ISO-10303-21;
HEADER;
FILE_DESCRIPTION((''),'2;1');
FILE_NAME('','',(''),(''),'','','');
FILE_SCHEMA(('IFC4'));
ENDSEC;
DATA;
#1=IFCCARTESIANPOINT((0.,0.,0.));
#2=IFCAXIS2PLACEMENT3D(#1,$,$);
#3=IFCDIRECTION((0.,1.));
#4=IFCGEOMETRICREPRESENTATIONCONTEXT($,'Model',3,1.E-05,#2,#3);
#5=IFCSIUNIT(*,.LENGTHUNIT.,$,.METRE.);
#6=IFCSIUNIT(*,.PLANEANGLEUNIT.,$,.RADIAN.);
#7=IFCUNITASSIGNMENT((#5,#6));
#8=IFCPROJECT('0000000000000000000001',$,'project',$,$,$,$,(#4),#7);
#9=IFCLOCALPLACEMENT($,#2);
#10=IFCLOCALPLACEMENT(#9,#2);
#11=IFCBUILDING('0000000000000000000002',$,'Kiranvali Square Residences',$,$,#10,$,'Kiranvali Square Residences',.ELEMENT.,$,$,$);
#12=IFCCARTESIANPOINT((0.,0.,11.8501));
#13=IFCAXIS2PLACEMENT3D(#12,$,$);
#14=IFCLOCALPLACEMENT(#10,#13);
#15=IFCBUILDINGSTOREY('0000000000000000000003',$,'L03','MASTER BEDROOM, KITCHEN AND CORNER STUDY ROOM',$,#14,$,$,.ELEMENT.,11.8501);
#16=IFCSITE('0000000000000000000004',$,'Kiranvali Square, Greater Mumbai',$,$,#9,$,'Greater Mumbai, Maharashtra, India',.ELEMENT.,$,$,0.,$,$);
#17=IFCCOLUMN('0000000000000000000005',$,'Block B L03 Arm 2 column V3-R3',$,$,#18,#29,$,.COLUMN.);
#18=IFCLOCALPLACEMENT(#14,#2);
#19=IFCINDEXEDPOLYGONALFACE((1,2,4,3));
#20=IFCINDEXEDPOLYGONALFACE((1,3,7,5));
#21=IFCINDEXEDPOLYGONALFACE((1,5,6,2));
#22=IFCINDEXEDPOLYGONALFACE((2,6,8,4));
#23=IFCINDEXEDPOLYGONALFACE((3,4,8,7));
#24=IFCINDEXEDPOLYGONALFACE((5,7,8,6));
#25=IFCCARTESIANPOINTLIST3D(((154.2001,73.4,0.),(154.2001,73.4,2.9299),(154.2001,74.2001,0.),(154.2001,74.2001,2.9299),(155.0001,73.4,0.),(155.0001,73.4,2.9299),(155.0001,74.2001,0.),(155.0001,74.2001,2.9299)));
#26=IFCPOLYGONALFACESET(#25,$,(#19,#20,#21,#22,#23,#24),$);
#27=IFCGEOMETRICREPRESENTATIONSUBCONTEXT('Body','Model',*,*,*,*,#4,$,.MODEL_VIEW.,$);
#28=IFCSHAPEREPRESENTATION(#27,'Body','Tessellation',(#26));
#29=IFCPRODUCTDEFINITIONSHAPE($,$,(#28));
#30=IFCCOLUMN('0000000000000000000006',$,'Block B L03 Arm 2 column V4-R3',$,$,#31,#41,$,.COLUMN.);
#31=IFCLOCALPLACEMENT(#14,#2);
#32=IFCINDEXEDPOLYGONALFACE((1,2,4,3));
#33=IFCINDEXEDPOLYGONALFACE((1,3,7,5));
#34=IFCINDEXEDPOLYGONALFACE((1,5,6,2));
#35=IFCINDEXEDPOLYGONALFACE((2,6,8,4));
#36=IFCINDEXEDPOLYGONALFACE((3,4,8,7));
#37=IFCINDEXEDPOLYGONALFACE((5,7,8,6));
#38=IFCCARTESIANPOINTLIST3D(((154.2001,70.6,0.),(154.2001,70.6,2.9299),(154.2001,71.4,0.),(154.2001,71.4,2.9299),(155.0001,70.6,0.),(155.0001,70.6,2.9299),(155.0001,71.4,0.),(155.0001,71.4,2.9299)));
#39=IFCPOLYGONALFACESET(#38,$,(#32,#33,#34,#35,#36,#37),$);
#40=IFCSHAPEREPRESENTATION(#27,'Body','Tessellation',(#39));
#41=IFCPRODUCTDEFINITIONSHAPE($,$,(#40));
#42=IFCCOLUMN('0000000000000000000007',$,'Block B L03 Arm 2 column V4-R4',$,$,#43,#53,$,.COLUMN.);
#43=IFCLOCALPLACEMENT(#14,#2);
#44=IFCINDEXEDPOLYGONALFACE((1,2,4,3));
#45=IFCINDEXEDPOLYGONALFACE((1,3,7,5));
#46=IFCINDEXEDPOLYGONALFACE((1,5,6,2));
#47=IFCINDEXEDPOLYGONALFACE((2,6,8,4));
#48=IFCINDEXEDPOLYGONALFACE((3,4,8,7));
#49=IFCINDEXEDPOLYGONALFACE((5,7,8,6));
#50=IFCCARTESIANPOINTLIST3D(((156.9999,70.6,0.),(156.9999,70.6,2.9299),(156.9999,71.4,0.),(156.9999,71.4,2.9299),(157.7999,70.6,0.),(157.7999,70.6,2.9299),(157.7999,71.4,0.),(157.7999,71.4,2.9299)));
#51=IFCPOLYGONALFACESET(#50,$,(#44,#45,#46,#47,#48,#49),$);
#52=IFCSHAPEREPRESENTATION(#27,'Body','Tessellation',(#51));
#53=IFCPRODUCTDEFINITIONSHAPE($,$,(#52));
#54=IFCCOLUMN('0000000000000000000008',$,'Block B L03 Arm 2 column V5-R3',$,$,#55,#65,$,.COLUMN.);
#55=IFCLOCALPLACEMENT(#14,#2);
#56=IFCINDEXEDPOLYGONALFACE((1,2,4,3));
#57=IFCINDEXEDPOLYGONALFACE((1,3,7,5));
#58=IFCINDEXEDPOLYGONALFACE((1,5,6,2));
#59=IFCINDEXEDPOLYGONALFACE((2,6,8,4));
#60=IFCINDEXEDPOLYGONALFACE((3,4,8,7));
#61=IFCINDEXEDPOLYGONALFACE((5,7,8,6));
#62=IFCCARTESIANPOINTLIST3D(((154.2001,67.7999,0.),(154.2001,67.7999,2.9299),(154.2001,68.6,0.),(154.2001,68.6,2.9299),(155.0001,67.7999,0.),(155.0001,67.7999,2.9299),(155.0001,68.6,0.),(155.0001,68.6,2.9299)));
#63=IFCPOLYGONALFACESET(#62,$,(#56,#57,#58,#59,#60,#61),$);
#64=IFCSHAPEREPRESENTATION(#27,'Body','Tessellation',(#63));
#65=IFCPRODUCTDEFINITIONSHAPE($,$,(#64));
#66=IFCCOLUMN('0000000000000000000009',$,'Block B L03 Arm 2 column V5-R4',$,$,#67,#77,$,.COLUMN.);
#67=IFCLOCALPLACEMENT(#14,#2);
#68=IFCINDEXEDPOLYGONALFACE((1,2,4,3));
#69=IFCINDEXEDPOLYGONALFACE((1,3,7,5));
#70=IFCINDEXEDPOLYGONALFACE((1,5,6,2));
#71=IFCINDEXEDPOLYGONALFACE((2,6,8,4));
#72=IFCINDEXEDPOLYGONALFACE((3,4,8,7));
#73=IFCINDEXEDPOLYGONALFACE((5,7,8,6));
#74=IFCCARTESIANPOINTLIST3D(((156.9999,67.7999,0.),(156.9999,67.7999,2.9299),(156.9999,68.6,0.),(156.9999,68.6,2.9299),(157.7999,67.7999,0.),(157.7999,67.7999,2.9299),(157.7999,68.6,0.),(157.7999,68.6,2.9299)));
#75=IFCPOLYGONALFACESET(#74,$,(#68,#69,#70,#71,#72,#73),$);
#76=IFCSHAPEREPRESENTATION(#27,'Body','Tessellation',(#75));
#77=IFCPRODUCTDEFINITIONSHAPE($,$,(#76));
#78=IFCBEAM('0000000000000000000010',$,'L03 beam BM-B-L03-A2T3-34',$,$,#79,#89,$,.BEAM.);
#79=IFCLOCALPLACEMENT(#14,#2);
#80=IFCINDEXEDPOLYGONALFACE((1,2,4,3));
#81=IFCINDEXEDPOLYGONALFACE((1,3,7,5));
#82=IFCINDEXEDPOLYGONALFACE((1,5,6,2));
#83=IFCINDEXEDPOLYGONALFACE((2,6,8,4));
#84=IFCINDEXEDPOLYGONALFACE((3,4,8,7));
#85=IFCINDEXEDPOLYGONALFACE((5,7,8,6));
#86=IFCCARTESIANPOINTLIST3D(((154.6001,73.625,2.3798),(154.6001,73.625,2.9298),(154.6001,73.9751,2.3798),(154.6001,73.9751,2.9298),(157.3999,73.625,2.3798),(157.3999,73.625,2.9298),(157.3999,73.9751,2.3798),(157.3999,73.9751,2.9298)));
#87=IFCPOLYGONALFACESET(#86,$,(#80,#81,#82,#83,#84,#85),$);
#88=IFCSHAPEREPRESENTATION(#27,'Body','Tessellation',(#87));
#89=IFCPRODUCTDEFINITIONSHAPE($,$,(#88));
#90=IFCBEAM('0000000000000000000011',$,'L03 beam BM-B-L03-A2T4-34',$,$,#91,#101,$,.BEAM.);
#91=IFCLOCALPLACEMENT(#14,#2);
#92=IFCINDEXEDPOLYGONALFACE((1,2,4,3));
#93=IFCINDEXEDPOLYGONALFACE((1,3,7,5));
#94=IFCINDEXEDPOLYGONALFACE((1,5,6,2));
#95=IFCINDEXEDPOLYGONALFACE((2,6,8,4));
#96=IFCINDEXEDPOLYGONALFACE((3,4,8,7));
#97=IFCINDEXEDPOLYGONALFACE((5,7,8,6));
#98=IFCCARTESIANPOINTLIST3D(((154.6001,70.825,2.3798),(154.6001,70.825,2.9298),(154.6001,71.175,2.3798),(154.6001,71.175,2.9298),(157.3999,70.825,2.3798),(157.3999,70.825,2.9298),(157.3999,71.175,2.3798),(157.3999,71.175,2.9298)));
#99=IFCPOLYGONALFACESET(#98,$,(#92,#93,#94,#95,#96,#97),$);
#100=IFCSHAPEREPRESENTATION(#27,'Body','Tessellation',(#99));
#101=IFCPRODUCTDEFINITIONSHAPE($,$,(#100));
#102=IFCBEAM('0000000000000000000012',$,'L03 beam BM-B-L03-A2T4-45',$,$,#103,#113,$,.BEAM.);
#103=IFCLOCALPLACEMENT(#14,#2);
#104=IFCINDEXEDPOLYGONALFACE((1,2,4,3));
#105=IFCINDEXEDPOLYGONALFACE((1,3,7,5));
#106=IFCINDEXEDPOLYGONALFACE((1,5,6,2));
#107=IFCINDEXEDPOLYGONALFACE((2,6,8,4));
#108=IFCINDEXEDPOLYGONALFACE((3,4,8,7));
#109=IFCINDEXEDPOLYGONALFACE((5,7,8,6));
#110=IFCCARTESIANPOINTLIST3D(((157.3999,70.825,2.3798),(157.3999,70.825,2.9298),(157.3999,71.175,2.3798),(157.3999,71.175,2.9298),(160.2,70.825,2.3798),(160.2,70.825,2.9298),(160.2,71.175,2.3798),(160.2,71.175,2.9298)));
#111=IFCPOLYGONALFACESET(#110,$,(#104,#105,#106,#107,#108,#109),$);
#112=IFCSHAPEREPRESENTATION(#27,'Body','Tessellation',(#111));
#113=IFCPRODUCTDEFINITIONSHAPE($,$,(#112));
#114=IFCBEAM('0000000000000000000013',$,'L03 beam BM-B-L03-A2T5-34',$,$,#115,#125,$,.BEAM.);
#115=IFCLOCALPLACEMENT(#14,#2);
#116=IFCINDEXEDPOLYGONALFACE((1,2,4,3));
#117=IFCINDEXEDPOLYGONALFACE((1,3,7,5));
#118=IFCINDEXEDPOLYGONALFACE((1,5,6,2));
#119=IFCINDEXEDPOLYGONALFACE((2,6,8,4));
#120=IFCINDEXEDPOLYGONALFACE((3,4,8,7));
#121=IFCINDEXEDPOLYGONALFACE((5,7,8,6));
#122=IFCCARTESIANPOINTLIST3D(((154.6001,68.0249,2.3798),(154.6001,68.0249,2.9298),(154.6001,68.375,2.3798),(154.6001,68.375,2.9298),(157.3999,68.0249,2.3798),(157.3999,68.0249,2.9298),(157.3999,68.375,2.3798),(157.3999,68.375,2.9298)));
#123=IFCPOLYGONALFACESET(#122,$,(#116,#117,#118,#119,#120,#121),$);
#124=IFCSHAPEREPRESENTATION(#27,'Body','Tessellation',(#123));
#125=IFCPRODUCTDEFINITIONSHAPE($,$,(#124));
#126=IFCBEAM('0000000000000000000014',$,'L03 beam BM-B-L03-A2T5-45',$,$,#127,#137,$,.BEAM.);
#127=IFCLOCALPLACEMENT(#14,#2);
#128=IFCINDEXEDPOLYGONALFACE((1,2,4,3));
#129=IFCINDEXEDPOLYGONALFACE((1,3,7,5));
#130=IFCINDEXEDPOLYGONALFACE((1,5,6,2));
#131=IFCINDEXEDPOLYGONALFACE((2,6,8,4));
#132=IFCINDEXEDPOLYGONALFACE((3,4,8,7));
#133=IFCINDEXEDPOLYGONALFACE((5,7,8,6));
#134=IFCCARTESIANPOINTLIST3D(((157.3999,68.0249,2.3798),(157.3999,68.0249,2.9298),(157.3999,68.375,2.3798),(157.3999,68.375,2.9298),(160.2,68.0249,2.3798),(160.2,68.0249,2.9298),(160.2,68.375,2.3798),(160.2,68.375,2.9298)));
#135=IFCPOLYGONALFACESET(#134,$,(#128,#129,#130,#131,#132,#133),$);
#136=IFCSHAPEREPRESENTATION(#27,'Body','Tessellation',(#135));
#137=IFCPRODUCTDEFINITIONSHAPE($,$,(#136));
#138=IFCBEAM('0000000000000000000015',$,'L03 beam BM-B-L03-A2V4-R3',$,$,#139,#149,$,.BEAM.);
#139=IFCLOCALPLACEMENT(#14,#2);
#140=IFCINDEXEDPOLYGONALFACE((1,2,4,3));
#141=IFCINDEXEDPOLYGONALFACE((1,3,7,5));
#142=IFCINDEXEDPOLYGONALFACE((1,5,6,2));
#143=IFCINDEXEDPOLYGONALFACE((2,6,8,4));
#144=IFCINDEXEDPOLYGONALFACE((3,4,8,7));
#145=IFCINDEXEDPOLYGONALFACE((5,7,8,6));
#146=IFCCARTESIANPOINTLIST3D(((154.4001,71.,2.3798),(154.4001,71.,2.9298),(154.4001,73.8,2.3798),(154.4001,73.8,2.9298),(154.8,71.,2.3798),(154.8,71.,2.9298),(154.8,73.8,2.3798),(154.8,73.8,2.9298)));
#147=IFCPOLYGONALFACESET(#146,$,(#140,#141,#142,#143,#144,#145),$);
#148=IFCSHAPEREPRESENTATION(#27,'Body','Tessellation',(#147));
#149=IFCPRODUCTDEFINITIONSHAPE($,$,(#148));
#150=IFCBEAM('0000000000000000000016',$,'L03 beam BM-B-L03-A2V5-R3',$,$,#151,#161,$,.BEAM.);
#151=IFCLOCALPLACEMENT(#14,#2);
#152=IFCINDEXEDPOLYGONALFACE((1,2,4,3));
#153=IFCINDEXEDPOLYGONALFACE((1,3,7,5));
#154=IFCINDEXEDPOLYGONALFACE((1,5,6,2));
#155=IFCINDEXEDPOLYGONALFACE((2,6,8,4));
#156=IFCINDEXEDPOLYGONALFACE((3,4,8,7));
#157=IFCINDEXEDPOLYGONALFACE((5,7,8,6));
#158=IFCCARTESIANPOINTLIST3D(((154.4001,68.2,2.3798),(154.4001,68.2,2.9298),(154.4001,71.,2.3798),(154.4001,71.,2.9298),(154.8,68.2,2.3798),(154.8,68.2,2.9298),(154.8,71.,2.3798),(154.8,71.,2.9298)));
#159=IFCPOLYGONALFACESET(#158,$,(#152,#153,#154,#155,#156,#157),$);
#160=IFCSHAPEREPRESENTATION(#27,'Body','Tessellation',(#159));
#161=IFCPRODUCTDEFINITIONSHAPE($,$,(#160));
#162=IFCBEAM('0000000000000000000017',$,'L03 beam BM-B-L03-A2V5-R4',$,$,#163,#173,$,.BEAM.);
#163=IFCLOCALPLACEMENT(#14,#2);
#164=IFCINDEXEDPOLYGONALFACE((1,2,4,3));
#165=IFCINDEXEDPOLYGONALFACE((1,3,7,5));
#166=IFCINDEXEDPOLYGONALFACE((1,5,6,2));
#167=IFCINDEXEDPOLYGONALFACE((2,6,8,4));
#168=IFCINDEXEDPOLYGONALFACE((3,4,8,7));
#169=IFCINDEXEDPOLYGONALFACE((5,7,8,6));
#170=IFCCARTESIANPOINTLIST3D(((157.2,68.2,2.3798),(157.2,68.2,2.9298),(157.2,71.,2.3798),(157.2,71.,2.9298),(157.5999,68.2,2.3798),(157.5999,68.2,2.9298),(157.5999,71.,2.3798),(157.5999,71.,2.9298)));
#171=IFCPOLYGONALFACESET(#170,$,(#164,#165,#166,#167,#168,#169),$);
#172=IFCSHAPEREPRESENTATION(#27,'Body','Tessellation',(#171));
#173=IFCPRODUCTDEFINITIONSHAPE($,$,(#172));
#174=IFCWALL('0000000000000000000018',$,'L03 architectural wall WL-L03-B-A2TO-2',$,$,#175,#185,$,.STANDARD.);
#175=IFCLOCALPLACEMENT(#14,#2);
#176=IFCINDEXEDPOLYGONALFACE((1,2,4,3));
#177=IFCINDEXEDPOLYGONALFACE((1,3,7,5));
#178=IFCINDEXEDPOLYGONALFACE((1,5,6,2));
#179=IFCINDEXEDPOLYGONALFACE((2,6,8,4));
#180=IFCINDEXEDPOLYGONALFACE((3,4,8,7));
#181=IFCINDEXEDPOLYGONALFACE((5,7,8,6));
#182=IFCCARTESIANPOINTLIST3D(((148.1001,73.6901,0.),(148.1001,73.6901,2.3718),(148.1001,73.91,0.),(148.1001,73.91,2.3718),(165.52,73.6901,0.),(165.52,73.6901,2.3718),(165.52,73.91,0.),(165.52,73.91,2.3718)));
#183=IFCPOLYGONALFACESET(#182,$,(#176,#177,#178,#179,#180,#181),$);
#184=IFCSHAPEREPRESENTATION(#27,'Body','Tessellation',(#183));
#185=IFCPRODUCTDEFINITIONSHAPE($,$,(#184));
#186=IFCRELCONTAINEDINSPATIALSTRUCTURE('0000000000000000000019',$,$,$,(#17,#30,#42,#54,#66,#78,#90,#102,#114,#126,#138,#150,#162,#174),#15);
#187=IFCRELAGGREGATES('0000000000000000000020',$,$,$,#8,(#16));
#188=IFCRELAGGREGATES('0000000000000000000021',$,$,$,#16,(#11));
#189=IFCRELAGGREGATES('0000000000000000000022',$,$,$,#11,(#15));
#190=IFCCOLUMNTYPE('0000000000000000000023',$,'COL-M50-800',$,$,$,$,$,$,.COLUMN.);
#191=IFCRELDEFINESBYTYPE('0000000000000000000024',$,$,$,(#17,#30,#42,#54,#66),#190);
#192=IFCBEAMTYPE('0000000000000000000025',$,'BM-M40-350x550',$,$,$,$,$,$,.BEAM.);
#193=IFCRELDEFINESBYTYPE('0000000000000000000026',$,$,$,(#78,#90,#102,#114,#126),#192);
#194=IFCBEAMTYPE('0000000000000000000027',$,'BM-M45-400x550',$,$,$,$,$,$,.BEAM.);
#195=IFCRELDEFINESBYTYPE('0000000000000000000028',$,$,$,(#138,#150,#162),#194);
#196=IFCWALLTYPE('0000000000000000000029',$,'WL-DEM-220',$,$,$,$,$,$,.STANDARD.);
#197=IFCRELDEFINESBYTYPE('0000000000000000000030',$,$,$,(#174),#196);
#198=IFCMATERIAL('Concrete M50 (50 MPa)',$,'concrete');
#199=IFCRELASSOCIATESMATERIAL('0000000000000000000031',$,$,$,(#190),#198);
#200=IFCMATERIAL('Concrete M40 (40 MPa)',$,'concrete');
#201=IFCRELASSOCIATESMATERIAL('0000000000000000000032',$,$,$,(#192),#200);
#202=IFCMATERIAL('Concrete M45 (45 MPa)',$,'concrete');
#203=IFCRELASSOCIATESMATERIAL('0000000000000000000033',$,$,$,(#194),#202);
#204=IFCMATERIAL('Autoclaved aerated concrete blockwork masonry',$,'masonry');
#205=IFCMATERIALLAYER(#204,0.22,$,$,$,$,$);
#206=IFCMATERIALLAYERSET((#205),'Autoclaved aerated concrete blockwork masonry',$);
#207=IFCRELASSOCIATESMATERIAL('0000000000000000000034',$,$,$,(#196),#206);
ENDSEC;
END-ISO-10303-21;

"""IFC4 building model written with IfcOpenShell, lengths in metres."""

from ifc_helpers import new_model, si_unit, direction, frame, frame_2d, origin, origin_2d, place, context, subcontext, project, spatial, rectangle, extrude, material, layer, layer_set, material_profile, profile_set, type_object, element, save


model = new_model("IFC4")

# Units and contexts
model_context = context("Model", 3, precision=1e-05, world=origin(), true_north=direction((0.0, 1.0)))
body_context = subcontext(model_context, "Body", "Model", "MODEL_VIEW")
ifc_project = project(units=[si_unit("LENGTHUNIT", "METRE"), si_unit("PLANEANGLEUNIT", "RADIAN")], contexts=[model_context])

# Site, building, storey
site_placement = place(None, origin())
site = spatial("IfcSite", under=ifc_project, at=site_placement, Name="Kiranvali Square, Greater Mumbai", LongName="Greater Mumbai, Maharashtra, India", CompositionType="ELEMENT", RefElevation=0.0)
building_placement = place(site_placement, origin())
building = spatial("IfcBuilding", under=site, at=building_placement, Name="Kiranvali Square Residences", LongName="Kiranvali Square Residences", CompositionType="ELEMENT")
storey_placement = place(building_placement, frame((0.0, 0.0, 11.8501)))
storey = spatial("IfcBuildingStorey", under=building, at=storey_placement, Name="L03", Description="MASTER BEDROOM, KITCHEN AND CORNER STUDY ROOM", CompositionType="ELEMENT", Elevation=11.8501)

# Columns
ifc_material_1 = material(Name="Concrete M50 (50 MPa)", Category="concrete")
ifc_material_profile_1 = material_profile(ifc_material_1, rectangle(XDim=0.8, YDim=0.8, at=origin_2d()), Name="RC 800x800")
ifc_profile_set_1 = profile_set([ifc_material_profile_1], Name="Concrete M50 (50 MPa)")
column_type = type_object("IfcColumnType", Name="COL-M50-800", PredefinedType="COLUMN", material=ifc_profile_set_1)
for number, where, z_axis, x_axis, name in (
    (1, (154.6001, 73.8, 0.0), (0.0, 0.0, 1.0), (1.0, 0.0, 0.0), "Block B L03 Arm 2 column V3-R3"),
    (2, (154.6001, 71.0, 0.0), (0.0, 0.0, 1.0), (1.0, 0.0, 0.0), "Block B L03 Arm 2 column V4-R3"),
    (3, (157.3999, 71.0, 0.0), (0.0, 0.0, 1.0), (1.0, 0.0, 0.0), "Block B L03 Arm 2 column V4-R4"),
    (4, (154.6001, 68.2, 0.0), (0.0, 0.0, 1.0), (1.0, 0.0, 0.0), "Block B L03 Arm 2 column V5-R3"),
    (5, (157.3999, 68.2, 0.0), (0.0, 0.0, 1.0), (1.0, 0.0, 0.0), "Block B L03 Arm 2 column V5-R4"),
):
    element("IfcColumn", number, at=place(storey_placement, frame(where, z_axis=z_axis, x_axis=x_axis)), inside=storey, type_object=column_type, Name=name, PredefinedType="COLUMN", context=body_context, shape_type="SweptSolid", body=[
        extrude(rectangle(XDim=0.8, YDim=0.8, at=origin_2d()), origin(), (0.0, 0.0, 1.0), 2.9299),
    ])

# Beams
ifc_material_2 = material(Name="Concrete M40 (40 MPa)", Category="concrete")
ifc_material_profile_2 = material_profile(ifc_material_2, rectangle(XDim=0.3501, YDim=0.55, at=origin_2d()), Name="RC 350x550")
ifc_profile_set_2 = profile_set([ifc_material_profile_2], Name="Concrete M40 (40 MPa)")
beam_type_1 = type_object("IfcBeamType", Name="BM-M40-350x550", PredefinedType="BEAM", material=ifc_profile_set_2)
for number, where, z_axis, x_axis, name in (
    (6, (154.6001, 73.8, 2.6548), (1.0, 0.0, 0.0), (0.0, 1.0, 0.0), "L03 beam BM-B-L03-A2T3-34"),
    (7, (154.6001, 71.0, 2.6548), (1.0, 0.0, 0.0), (0.0, 1.0, 0.0), "L03 beam BM-B-L03-A2T4-34"),
):
    element("IfcBeam", number, at=place(storey_placement, frame(where, z_axis=z_axis, x_axis=x_axis)), inside=storey, type_object=beam_type_1, Name=name, PredefinedType="BEAM", context=body_context, shape_type="SweptSolid", body=[
        extrude(rectangle(XDim=0.3501, YDim=0.55, at=origin_2d()), origin(), (0.0, 0.0, 1.0), 2.7998),
    ])
beam_1_placement = place(storey_placement, frame((157.3999, 71.0, 2.6548), z_axis=(1.0, 0.0, 0.0), x_axis=(0.0, 1.0, 0.0)))
element("IfcBeam", 8, at=beam_1_placement, inside=storey, type_object=beam_type_1, Name="L03 beam BM-B-L03-A2T4-45", PredefinedType="BEAM", context=body_context, shape_type="SweptSolid", body=[
    extrude(rectangle(XDim=0.3501, YDim=0.55, at=origin_2d()), origin(), (0.0, 0.0, 1.0), 2.8),
])
beam_2_placement = place(storey_placement, frame((154.6001, 68.2, 2.6548), z_axis=(1.0, 0.0, 0.0), x_axis=(0.0, 1.0, 0.0)))
element("IfcBeam", 9, at=beam_2_placement, inside=storey, type_object=beam_type_1, Name="L03 beam BM-B-L03-A2T5-34", PredefinedType="BEAM", context=body_context, shape_type="SweptSolid", body=[
    extrude(rectangle(XDim=0.3501, YDim=0.55, at=origin_2d()), origin(), (0.0, 0.0, 1.0), 2.7998),
])
beam_3_placement = place(storey_placement, frame((157.3999, 68.2, 2.6548), z_axis=(1.0, 0.0, 0.0), x_axis=(0.0, 1.0, 0.0)))
element("IfcBeam", 10, at=beam_3_placement, inside=storey, type_object=beam_type_1, Name="L03 beam BM-B-L03-A2T5-45", PredefinedType="BEAM", context=body_context, shape_type="SweptSolid", body=[
    extrude(rectangle(XDim=0.3501, YDim=0.55, at=origin_2d()), origin(), (0.0, 0.0, 1.0), 2.8),
])
ifc_material_3 = material(Name="Concrete M45 (45 MPa)", Category="concrete")
ifc_material_profile_3 = material_profile(ifc_material_3, rectangle(XDim=0.3999, YDim=0.55, at=origin_2d()), Name="RC 400x550")
ifc_profile_set_3 = profile_set([ifc_material_profile_3], Name="Concrete M45 (45 MPa)")
beam_type_2 = type_object("IfcBeamType", Name="BM-M45-400x550", PredefinedType="BEAM", material=ifc_profile_set_3)
for number, where, z_axis, x_axis, name in (
    (11, (154.6001, 73.8, 2.6548), (0.0, -1.0, 0.0), (1.0, 0.0, 0.0), "L03 beam BM-B-L03-A2V4-R3"),
    (12, (154.6001, 71.0, 2.6548), (0.0, -1.0, 0.0), (1.0, 0.0, 0.0), "L03 beam BM-B-L03-A2V5-R3"),
    (13, (157.3999, 71.0, 2.6548), (0.0, -1.0, 0.0), (1.0, 0.0, 0.0), "L03 beam BM-B-L03-A2V5-R4"),
):
    element("IfcBeam", number, at=place(storey_placement, frame(where, z_axis=z_axis, x_axis=x_axis)), inside=storey, type_object=beam_type_2, Name=name, PredefinedType="BEAM", context=body_context, shape_type="SweptSolid", body=[
        extrude(rectangle(XDim=0.3999, YDim=0.55, at=origin_2d()), origin(), (0.0, 0.0, 1.0), 2.8),
    ])

# Wall
ifc_material_4 = material(Name="Autoclaved aerated concrete blockwork masonry", Category="masonry")
ifc_layer_1 = layer(ifc_material_4, 0.22)
ifc_layer_set_1 = layer_set([ifc_layer_1], Name="Autoclaved aerated concrete blockwork masonry")
wall_type_1 = type_object("IfcWallType", Name="WL-DEM-220", PredefinedType="STANDARD", material=ifc_layer_set_1)
wall_1_placement = place(storey_placement, frame((148.1001, 73.8, 0.0), z_axis=(0.0, 0.0, 1.0), x_axis=(1.0, 0.0, 0.0)))
element("IfcWall", 14, at=wall_1_placement, inside=storey, type_object=wall_type_1, Name="L03 architectural wall WL-L03-B-A2TO-2", PredefinedType="STANDARD", context=body_context, shape_type="SweptSolid", body=[
    extrude(rectangle(XDim=17.4199, YDim=0.22, at=frame_2d((8.71, 0.0))), origin(), (0.0, 0.0, 1.0), 2.3718),
])

save(model, "model.ifc")
